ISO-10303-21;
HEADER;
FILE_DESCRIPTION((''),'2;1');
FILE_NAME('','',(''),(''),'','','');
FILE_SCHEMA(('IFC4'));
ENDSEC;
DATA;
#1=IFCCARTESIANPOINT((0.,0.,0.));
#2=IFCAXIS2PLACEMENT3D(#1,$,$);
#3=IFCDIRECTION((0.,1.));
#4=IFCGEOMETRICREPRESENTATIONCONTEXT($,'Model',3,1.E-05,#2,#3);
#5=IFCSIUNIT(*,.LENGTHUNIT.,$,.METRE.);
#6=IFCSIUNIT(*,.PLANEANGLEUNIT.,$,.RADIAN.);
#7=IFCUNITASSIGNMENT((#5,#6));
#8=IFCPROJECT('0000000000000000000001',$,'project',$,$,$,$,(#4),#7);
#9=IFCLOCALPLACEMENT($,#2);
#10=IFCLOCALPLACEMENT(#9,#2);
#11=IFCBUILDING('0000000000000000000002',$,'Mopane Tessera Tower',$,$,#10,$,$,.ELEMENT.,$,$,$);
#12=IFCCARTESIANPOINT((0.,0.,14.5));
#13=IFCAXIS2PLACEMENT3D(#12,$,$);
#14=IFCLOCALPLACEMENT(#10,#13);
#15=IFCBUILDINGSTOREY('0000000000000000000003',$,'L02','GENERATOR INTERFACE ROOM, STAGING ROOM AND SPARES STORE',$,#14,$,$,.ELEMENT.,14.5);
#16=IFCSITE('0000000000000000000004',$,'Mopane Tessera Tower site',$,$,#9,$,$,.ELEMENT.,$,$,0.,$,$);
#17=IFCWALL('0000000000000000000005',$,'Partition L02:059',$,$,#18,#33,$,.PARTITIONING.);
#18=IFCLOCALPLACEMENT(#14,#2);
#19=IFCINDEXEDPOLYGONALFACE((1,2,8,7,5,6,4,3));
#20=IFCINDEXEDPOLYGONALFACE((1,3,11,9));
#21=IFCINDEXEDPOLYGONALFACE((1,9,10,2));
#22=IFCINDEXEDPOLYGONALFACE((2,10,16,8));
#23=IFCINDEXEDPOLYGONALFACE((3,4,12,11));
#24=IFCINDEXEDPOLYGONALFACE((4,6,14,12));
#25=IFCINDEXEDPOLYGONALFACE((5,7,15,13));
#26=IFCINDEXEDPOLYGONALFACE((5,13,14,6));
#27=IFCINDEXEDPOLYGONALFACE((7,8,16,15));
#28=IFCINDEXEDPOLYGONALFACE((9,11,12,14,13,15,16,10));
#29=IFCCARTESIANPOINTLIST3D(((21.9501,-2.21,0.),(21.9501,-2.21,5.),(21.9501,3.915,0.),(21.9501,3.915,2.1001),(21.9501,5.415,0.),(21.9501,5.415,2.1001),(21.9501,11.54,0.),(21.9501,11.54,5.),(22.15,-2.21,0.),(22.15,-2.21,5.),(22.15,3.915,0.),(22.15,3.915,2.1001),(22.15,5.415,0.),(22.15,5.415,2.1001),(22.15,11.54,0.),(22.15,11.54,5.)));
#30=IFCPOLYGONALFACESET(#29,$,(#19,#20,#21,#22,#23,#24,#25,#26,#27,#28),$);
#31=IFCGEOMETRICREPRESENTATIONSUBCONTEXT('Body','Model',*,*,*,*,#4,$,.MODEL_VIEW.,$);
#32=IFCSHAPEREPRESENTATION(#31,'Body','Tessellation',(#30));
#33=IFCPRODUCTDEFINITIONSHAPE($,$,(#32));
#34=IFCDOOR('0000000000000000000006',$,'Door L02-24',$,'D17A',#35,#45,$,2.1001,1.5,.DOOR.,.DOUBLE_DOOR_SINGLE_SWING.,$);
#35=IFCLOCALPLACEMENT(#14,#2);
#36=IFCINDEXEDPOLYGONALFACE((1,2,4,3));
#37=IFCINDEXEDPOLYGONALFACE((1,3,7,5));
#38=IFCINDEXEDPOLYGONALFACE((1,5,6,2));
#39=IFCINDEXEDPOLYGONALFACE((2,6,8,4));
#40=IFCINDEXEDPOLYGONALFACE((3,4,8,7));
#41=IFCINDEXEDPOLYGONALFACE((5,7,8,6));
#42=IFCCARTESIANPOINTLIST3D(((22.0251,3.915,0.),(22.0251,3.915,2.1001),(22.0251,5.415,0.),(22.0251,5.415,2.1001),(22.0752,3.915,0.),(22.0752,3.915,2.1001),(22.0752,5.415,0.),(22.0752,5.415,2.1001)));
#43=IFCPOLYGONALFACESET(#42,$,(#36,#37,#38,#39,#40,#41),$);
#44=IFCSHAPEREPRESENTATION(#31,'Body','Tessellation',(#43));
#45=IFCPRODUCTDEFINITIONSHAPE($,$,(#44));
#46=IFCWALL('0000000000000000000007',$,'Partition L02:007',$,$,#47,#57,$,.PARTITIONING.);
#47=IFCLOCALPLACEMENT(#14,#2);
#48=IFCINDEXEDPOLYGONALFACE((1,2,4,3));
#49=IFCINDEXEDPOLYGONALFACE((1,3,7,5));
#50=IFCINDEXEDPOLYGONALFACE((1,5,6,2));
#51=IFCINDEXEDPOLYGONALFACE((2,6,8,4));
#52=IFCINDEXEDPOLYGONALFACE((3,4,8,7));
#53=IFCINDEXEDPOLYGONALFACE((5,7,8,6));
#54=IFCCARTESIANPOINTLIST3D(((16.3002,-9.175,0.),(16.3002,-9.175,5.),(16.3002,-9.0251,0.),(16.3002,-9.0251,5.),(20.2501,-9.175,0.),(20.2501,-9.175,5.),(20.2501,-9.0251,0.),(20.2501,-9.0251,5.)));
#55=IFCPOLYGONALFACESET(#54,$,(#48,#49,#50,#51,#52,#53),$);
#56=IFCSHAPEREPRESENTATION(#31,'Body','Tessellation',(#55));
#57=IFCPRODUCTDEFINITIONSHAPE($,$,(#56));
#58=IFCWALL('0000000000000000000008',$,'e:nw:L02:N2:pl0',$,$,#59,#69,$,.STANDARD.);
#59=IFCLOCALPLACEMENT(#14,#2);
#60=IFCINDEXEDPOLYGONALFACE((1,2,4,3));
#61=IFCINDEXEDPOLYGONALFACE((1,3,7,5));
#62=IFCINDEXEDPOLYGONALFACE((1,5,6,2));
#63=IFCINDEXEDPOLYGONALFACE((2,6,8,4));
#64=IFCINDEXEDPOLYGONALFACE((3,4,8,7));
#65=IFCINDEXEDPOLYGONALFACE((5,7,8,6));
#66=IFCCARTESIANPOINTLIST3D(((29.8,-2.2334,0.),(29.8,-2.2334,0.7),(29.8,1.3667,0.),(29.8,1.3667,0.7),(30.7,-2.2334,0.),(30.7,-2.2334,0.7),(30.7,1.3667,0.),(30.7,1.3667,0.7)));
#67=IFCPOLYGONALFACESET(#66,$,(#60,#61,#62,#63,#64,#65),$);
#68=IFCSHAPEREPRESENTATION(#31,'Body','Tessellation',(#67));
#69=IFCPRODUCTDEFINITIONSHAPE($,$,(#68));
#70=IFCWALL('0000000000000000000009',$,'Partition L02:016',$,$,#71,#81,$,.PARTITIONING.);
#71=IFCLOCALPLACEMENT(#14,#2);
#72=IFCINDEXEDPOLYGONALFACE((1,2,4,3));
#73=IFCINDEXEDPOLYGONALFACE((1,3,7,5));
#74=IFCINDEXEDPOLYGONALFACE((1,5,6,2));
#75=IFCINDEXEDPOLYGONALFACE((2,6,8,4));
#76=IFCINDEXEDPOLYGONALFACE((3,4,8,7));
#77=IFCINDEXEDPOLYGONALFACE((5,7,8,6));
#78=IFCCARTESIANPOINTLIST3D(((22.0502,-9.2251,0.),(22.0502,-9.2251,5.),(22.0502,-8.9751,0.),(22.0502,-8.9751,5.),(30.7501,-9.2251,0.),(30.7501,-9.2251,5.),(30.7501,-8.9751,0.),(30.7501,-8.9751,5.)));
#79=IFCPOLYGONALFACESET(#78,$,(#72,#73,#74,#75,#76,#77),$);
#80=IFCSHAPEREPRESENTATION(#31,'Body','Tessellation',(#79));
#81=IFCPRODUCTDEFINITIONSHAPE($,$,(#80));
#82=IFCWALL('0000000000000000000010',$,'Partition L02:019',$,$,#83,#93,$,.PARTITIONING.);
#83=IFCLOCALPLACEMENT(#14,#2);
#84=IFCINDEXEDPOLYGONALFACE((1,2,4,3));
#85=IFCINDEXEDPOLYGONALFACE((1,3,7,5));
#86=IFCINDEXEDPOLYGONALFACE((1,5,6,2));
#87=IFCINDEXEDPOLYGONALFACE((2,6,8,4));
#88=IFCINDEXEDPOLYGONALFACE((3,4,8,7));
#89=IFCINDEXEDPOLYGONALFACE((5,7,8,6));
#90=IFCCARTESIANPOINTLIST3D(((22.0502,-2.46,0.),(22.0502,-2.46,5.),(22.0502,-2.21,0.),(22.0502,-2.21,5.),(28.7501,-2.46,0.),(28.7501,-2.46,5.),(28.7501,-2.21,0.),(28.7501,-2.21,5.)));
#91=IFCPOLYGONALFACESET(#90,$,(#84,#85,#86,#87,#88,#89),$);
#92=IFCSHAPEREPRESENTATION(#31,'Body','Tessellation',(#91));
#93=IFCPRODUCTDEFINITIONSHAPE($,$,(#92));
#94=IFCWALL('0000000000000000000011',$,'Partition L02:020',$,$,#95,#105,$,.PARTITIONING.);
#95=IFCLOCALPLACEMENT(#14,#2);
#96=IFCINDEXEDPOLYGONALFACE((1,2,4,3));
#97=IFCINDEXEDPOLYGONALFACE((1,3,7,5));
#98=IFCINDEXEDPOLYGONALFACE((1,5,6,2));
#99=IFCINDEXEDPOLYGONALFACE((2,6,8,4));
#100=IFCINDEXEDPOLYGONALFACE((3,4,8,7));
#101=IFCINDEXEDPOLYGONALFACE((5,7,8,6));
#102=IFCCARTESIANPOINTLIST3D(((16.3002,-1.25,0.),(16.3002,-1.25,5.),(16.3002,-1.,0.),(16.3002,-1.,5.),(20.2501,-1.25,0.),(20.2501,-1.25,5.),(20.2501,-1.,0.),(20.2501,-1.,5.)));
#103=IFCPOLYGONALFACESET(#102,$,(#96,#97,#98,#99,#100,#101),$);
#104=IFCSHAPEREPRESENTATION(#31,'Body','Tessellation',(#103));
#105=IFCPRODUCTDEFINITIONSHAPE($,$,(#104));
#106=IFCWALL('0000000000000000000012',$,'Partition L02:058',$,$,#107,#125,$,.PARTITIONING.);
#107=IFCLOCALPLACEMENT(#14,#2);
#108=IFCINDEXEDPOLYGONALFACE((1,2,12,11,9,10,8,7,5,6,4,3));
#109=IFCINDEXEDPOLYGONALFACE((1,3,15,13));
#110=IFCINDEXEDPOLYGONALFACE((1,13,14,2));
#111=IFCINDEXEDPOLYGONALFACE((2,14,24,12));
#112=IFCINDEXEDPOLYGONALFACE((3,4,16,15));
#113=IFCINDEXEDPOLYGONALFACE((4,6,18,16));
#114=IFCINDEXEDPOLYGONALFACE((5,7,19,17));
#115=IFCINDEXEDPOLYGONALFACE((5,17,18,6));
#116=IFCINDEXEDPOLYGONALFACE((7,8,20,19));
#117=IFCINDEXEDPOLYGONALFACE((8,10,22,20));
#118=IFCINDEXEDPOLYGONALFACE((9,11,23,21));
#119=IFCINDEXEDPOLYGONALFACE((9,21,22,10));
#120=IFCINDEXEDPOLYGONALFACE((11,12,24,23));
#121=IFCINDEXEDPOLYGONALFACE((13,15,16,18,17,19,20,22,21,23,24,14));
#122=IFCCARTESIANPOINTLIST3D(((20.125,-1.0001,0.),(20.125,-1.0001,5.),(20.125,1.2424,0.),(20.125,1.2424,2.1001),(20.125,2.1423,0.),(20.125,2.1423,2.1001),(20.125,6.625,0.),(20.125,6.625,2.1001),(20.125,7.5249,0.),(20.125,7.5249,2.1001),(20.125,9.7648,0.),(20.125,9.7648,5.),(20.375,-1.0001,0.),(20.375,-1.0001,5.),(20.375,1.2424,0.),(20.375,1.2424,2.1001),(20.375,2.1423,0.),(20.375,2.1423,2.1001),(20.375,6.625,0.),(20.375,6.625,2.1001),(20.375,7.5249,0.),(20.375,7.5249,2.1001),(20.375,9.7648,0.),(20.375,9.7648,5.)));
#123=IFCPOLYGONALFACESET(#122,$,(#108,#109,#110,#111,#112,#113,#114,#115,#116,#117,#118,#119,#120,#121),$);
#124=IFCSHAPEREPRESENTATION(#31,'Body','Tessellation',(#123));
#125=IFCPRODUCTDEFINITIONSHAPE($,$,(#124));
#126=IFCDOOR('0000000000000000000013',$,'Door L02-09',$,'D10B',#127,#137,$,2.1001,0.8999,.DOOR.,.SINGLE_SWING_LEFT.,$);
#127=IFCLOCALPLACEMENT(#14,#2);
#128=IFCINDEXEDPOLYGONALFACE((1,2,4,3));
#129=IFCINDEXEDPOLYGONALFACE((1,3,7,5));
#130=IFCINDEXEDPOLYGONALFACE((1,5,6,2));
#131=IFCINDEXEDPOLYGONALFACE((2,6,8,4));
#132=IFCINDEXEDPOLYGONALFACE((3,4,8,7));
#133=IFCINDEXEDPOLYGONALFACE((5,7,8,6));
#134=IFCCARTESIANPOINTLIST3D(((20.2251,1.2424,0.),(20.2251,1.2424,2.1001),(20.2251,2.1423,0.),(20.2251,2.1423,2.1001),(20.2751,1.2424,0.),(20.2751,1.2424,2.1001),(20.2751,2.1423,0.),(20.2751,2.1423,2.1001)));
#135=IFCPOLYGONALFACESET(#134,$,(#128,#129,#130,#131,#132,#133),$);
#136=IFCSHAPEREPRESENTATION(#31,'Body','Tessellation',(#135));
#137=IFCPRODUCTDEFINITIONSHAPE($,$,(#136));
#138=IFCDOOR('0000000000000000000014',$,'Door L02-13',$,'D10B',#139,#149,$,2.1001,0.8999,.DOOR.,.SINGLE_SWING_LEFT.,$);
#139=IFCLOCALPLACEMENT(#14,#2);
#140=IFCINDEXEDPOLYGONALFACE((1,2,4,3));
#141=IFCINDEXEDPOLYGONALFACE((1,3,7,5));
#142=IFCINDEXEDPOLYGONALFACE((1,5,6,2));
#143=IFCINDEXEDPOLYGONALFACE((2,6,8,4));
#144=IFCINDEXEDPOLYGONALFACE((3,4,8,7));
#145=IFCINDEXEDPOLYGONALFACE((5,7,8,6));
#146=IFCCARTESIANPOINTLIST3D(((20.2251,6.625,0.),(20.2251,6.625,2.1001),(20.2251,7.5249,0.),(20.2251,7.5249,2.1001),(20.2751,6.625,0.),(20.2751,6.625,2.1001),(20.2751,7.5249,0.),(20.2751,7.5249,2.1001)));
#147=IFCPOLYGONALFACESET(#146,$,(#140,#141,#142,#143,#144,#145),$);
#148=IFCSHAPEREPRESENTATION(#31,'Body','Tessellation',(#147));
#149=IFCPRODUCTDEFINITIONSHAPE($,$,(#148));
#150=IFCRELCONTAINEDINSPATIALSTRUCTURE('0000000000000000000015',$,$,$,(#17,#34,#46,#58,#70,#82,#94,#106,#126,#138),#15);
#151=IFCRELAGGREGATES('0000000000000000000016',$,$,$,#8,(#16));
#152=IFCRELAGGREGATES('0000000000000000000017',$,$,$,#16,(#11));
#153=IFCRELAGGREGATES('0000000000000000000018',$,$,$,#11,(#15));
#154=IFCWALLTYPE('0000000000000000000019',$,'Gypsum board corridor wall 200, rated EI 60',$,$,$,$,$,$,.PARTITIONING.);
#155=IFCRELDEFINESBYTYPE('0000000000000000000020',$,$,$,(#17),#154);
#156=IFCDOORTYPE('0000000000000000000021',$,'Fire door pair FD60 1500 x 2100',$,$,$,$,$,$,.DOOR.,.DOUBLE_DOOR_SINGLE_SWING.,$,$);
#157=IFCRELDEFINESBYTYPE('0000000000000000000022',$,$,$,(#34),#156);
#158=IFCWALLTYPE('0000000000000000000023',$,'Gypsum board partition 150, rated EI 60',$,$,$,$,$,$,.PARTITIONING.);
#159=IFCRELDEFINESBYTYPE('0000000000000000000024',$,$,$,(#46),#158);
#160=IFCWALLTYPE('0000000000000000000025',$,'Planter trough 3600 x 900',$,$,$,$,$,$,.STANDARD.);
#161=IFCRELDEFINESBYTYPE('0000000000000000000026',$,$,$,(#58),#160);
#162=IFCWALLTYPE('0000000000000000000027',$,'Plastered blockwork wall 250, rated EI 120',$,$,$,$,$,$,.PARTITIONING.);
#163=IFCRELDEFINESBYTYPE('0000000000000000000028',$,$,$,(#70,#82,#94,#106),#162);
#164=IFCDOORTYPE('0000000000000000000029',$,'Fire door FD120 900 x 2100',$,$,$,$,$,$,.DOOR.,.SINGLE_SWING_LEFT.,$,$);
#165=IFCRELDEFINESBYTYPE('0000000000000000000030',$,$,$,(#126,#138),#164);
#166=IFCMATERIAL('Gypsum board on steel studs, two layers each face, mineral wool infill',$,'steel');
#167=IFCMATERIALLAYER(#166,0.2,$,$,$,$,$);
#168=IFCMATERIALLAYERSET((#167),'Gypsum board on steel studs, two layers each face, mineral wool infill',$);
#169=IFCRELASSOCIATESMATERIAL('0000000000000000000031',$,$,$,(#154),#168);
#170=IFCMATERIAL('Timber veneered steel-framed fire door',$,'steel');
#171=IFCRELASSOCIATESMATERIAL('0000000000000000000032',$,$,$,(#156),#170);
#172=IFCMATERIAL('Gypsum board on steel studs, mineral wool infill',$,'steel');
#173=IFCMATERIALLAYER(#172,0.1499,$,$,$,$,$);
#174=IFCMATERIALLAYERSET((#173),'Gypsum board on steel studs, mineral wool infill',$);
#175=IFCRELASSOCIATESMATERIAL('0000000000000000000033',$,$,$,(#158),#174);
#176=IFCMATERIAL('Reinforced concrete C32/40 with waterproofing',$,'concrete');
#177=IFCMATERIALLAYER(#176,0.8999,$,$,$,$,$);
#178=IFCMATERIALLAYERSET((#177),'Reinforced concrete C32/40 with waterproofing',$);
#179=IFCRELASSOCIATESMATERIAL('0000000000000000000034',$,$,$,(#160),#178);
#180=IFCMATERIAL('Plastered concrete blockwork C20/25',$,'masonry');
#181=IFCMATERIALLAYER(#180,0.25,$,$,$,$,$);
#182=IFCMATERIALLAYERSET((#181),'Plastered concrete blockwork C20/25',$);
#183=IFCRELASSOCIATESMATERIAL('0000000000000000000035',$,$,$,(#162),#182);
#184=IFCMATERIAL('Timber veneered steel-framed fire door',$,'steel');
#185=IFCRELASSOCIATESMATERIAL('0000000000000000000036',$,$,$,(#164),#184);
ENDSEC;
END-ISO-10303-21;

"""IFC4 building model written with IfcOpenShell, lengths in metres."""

from ifc_helpers import new_model, si_unit, direction, frame, frame_2d, origin, place, context, subcontext, project, spatial, rectangle, extrude, material, layer, layer_set, type_object, element, fill, save


model = new_model("IFC4")

# Units and contexts
model_context = context("Model", 3, precision=1e-05, world=origin(), true_north=direction((0.0, 1.0)))
body_context = subcontext(model_context, "Body", "Model", "MODEL_VIEW")
ifc_project = project(units=[si_unit("LENGTHUNIT", "METRE"), si_unit("PLANEANGLEUNIT", "RADIAN")], contexts=[model_context])

# Site, building, storey
site_placement = place(None, origin())
site = spatial("IfcSite", under=ifc_project, at=site_placement, Name="Mopane Tessera Tower site", CompositionType="ELEMENT", RefElevation=0.0)
building_placement = place(site_placement, origin())
building = spatial("IfcBuilding", under=site, at=building_placement, Name="Mopane Tessera Tower", CompositionType="ELEMENT")
storey_placement = place(building_placement, frame((0.0, 0.0, 14.5)))
storey = spatial("IfcBuildingStorey", under=building, at=storey_placement, Name="L02", Description="GENERATOR INTERFACE ROOM, STAGING ROOM AND SPARES STORE", CompositionType="ELEMENT", Elevation=14.5)

# Shared definitions
ifc_material_1 = material(Name="Gypsum board on steel studs, two layers each face, mineral wool infill", Category="steel")
ifc_layer_1 = layer(ifc_material_1, 0.2)
ifc_layer_set_1 = layer_set([ifc_layer_1], Name="Gypsum board on steel studs, two layers each face, mineral wool infill")
wall_type_1 = type_object("IfcWallType", Name="Gypsum board corridor wall 200, rated EI 60", PredefinedType="PARTITIONING", material=ifc_layer_set_1)

# Wall, opening, door
wall_1_placement = place(storey_placement, frame((22.05, -2.21, 0.0), z_axis=(0.0, 0.0, 1.0), x_axis=(0.0, 1.0, 0.0)))
wall_1 = element("IfcWall", 1, at=wall_1_placement, inside=storey, type_object=wall_type_1, Name="Partition L02:059", PredefinedType="PARTITIONING", context=body_context, shape_type="SweptSolid", body=[
    extrude(rectangle(XDim=13.75, YDim=0.2, at=frame_2d((6.875, 0.0))), origin(), (0.0, 0.0, 1.0), 5.0),
])
opening_1_placement = place(wall_1_placement, frame((6.125, 0.0, 0.0)))
opening_1 = element("IfcOpeningElement", 2, at=opening_1_placement, cuts=wall_1, PredefinedType="OPENING", context=body_context, shape_type="SweptSolid", body=[
    extrude(rectangle(XDim=1.5, YDim=2.1001, at=frame_2d((0.75, 1.05))), frame((0.0, 0.1121, 0.0), z_axis=(0.0, -1.0, 0.0), x_axis=(1.0, 0.0, 0.0)), (0.0, 0.0, 1.0), 0.2239),
])
ifc_material_2 = material(Name="Timber veneered steel-framed fire door", Category="steel")
door_type_1 = type_object("IfcDoorType", Name="Fire door pair FD60 1500 x 2100", OperationType="DOUBLE_DOOR_SINGLE_SWING", PredefinedType="DOOR", material=ifc_material_2)
door_1_placement = place(opening_1_placement, origin())
door_1 = element("IfcDoor", 3, at=door_1_placement, inside=storey, type_object=door_type_1, Name="Door L02-24", ObjectType="D17A", OperationType="DOUBLE_DOOR_SINGLE_SWING", OverallHeight=2.1001, OverallWidth=1.5, PredefinedType="DOOR", context=body_context, shape_type="SweptSolid", body=[
    extrude(rectangle(XDim=1.5, YDim=2.1001, at=frame_2d((0.75, 1.05))), frame((0.0, 0.0249, 0.0), z_axis=(0.0, -1.0, 0.0), x_axis=(1.0, 0.0, 0.0)), (0.0, 0.0, 1.0), 0.05),
])
fill(opening_1, door_1)

# Walls
ifc_material_3 = material(Name="Gypsum board on steel studs, mineral wool infill", Category="steel")
ifc_layer_2 = layer(ifc_material_3, 0.1499)
ifc_layer_set_2 = layer_set([ifc_layer_2], Name="Gypsum board on steel studs, mineral wool infill")
wall_type_2 = type_object("IfcWallType", Name="Gypsum board partition 150, rated EI 60", PredefinedType="PARTITIONING", material=ifc_layer_set_2)
wall_2_placement = place(storey_placement, frame((16.3, -9.1001, 0.0), z_axis=(0.0, 0.0, 1.0), x_axis=(1.0, 0.0, 0.0)))
element("IfcWall", 4, at=wall_2_placement, inside=storey, type_object=wall_type_2, Name="Partition L02:007", PredefinedType="PARTITIONING", context=body_context, shape_type="SweptSolid", body=[
    extrude(rectangle(XDim=3.95, YDim=0.1499, at=frame_2d((1.9751, 0.0))), origin(), (0.0, 0.0, 1.0), 5.0),
])
ifc_material_4 = material(Name="Reinforced concrete C32/40 with waterproofing", Category="concrete")
ifc_layer_3 = layer(ifc_material_4, 0.8999)
ifc_layer_set_3 = layer_set([ifc_layer_3], Name="Reinforced concrete C32/40 with waterproofing")
wall_type_3 = type_object("IfcWallType", Name="Planter trough 3600 x 900", PredefinedType="STANDARD", material=ifc_layer_set_3)
wall_3_placement = place(storey_placement, frame((30.25, -2.2334, 0.0), z_axis=(0.0, 0.0, 1.0), x_axis=(0.0, 1.0, 0.0)))
element("IfcWall", 5, at=wall_3_placement, inside=storey, type_object=wall_type_3, Name="e:nw:L02:N2:pl0", PredefinedType="STANDARD", context=body_context, shape_type="SweptSolid", body=[
    extrude(rectangle(XDim=3.6001, YDim=0.8999, at=frame_2d((1.8, 0.0))), origin(), (0.0, 0.0, 1.0), 0.7),
])
ifc_material_5 = material(Name="Plastered concrete blockwork C20/25", Category="masonry")
ifc_layer_4 = layer(ifc_material_5, 0.25)
ifc_layer_set_4 = layer_set([ifc_layer_4], Name="Plastered concrete blockwork C20/25")
wall_type_4 = type_object("IfcWallType", Name="Plastered blockwork wall 250, rated EI 120", PredefinedType="PARTITIONING", material=ifc_layer_set_4)
wall_4_placement = place(storey_placement, frame((22.05, -9.1001, 0.0), z_axis=(0.0, 0.0, 1.0), x_axis=(1.0, 0.0, 0.0)))
element("IfcWall", 6, at=wall_4_placement, inside=storey, type_object=wall_type_4, Name="Partition L02:016", PredefinedType="PARTITIONING", context=body_context, shape_type="SweptSolid", body=[
    extrude(rectangle(XDim=8.7, YDim=0.25, at=frame_2d((4.3501, 0.0))), origin(), (0.0, 0.0, 1.0), 5.0),
])
wall_5_placement = place(storey_placement, frame((22.05, -2.335, 0.0), z_axis=(0.0, 0.0, 1.0), x_axis=(1.0, 0.0, 0.0)))
element("IfcWall", 7, at=wall_5_placement, inside=storey, type_object=wall_type_4, Name="Partition L02:019", PredefinedType="PARTITIONING", context=body_context, shape_type="SweptSolid", body=[
    extrude(rectangle(XDim=6.7, YDim=0.25, at=frame_2d((3.3501, 0.0))), origin(), (0.0, 0.0, 1.0), 5.0),
])
wall_6_placement = place(storey_placement, frame((16.3, -1.125, 0.0), z_axis=(0.0, 0.0, 1.0), x_axis=(1.0, 0.0, 0.0)))
element("IfcWall", 8, at=wall_6_placement, inside=storey, type_object=wall_type_4, Name="Partition L02:020", PredefinedType="PARTITIONING", context=body_context, shape_type="SweptSolid", body=[
    extrude(rectangle(XDim=3.95, YDim=0.25, at=frame_2d((1.9751, 0.0))), origin(), (0.0, 0.0, 1.0), 5.0),
])

# Wall, openings, doors
wall_7_placement = place(storey_placement, frame((20.25, -1.0, 0.0), z_axis=(0.0, 0.0, 1.0), x_axis=(0.0, 1.0, 0.0)))
wall_7 = element("IfcWall", 9, at=wall_7_placement, inside=storey, type_object=wall_type_4, Name="Partition L02:058", PredefinedType="PARTITIONING", context=body_context, shape_type="SweptSolid", body=[
    extrude(rectangle(XDim=10.7649, YDim=0.25, at=frame_2d((5.3823, 0.0))), origin(), (0.0, 0.0, 1.0), 5.0),
])
opening_2_placement = place(wall_7_placement, frame((2.2424, 0.0, 0.0)))
opening_2 = element("IfcOpeningElement", 10, at=opening_2_placement, cuts=wall_7, PredefinedType="OPENING", context=body_context, shape_type="SweptSolid", body=[
    extrude(rectangle(XDim=0.8999, YDim=2.1001, at=frame_2d((0.45, 1.05))), frame((0.0, 0.137, 0.0), z_axis=(0.0, -1.0, 0.0), x_axis=(1.0, 0.0, 0.0)), (0.0, 0.0, 1.0), 0.2739),
])
opening_3_placement = place(wall_7_placement, frame((7.625, 0.0, 0.0)))
opening_3 = element("IfcOpeningElement", 11, at=opening_3_placement, cuts=wall_7, PredefinedType="OPENING", context=body_context, shape_type="SweptSolid", body=[
    extrude(rectangle(XDim=0.8999, YDim=2.1001, at=frame_2d((0.45, 1.05))), frame((0.0, 0.137, 0.0), z_axis=(0.0, -1.0, 0.0), x_axis=(1.0, 0.0, 0.0)), (0.0, 0.0, 1.0), 0.2739),
])
ifc_material_6 = material(Name="Timber veneered steel-framed fire door", Category="steel")
door_type_2 = type_object("IfcDoorType", Name="Fire door FD120 900 x 2100", OperationType="SINGLE_SWING_LEFT", PredefinedType="DOOR", material=ifc_material_6)
door_2_placement = place(opening_2_placement, origin())
door_2 = element("IfcDoor", 12, at=door_2_placement, inside=storey, type_object=door_type_2, Name="Door L02-09", ObjectType="D10B", OperationType="SINGLE_SWING_LEFT", OverallHeight=2.1001, OverallWidth=0.8999, PredefinedType="DOOR", context=body_context, shape_type="SweptSolid", body=[
    extrude(rectangle(XDim=0.8999, YDim=2.1001, at=frame_2d((0.45, 1.05))), frame((0.0, 0.0249, 0.0), z_axis=(0.0, -1.0, 0.0), x_axis=(1.0, 0.0, 0.0)), (0.0, 0.0, 1.0), 0.05),
])
fill(opening_2, door_2)
door_3_placement = place(opening_3_placement, origin())
door_3 = element("IfcDoor", 13, at=door_3_placement, inside=storey, type_object=door_type_2, Name="Door L02-13", ObjectType="D10B", OperationType="SINGLE_SWING_LEFT", OverallHeight=2.1001, OverallWidth=0.8999, PredefinedType="DOOR", context=body_context, shape_type="SweptSolid", body=[
    extrude(rectangle(XDim=0.8999, YDim=2.1001, at=frame_2d((0.45, 1.05))), frame((0.0, 0.0249, 0.0), z_axis=(0.0, -1.0, 0.0), x_axis=(1.0, 0.0, 0.0)), (0.0, 0.0, 1.0), 0.05),
])
fill(opening_3, door_3)

save(model, "model.ifc")
